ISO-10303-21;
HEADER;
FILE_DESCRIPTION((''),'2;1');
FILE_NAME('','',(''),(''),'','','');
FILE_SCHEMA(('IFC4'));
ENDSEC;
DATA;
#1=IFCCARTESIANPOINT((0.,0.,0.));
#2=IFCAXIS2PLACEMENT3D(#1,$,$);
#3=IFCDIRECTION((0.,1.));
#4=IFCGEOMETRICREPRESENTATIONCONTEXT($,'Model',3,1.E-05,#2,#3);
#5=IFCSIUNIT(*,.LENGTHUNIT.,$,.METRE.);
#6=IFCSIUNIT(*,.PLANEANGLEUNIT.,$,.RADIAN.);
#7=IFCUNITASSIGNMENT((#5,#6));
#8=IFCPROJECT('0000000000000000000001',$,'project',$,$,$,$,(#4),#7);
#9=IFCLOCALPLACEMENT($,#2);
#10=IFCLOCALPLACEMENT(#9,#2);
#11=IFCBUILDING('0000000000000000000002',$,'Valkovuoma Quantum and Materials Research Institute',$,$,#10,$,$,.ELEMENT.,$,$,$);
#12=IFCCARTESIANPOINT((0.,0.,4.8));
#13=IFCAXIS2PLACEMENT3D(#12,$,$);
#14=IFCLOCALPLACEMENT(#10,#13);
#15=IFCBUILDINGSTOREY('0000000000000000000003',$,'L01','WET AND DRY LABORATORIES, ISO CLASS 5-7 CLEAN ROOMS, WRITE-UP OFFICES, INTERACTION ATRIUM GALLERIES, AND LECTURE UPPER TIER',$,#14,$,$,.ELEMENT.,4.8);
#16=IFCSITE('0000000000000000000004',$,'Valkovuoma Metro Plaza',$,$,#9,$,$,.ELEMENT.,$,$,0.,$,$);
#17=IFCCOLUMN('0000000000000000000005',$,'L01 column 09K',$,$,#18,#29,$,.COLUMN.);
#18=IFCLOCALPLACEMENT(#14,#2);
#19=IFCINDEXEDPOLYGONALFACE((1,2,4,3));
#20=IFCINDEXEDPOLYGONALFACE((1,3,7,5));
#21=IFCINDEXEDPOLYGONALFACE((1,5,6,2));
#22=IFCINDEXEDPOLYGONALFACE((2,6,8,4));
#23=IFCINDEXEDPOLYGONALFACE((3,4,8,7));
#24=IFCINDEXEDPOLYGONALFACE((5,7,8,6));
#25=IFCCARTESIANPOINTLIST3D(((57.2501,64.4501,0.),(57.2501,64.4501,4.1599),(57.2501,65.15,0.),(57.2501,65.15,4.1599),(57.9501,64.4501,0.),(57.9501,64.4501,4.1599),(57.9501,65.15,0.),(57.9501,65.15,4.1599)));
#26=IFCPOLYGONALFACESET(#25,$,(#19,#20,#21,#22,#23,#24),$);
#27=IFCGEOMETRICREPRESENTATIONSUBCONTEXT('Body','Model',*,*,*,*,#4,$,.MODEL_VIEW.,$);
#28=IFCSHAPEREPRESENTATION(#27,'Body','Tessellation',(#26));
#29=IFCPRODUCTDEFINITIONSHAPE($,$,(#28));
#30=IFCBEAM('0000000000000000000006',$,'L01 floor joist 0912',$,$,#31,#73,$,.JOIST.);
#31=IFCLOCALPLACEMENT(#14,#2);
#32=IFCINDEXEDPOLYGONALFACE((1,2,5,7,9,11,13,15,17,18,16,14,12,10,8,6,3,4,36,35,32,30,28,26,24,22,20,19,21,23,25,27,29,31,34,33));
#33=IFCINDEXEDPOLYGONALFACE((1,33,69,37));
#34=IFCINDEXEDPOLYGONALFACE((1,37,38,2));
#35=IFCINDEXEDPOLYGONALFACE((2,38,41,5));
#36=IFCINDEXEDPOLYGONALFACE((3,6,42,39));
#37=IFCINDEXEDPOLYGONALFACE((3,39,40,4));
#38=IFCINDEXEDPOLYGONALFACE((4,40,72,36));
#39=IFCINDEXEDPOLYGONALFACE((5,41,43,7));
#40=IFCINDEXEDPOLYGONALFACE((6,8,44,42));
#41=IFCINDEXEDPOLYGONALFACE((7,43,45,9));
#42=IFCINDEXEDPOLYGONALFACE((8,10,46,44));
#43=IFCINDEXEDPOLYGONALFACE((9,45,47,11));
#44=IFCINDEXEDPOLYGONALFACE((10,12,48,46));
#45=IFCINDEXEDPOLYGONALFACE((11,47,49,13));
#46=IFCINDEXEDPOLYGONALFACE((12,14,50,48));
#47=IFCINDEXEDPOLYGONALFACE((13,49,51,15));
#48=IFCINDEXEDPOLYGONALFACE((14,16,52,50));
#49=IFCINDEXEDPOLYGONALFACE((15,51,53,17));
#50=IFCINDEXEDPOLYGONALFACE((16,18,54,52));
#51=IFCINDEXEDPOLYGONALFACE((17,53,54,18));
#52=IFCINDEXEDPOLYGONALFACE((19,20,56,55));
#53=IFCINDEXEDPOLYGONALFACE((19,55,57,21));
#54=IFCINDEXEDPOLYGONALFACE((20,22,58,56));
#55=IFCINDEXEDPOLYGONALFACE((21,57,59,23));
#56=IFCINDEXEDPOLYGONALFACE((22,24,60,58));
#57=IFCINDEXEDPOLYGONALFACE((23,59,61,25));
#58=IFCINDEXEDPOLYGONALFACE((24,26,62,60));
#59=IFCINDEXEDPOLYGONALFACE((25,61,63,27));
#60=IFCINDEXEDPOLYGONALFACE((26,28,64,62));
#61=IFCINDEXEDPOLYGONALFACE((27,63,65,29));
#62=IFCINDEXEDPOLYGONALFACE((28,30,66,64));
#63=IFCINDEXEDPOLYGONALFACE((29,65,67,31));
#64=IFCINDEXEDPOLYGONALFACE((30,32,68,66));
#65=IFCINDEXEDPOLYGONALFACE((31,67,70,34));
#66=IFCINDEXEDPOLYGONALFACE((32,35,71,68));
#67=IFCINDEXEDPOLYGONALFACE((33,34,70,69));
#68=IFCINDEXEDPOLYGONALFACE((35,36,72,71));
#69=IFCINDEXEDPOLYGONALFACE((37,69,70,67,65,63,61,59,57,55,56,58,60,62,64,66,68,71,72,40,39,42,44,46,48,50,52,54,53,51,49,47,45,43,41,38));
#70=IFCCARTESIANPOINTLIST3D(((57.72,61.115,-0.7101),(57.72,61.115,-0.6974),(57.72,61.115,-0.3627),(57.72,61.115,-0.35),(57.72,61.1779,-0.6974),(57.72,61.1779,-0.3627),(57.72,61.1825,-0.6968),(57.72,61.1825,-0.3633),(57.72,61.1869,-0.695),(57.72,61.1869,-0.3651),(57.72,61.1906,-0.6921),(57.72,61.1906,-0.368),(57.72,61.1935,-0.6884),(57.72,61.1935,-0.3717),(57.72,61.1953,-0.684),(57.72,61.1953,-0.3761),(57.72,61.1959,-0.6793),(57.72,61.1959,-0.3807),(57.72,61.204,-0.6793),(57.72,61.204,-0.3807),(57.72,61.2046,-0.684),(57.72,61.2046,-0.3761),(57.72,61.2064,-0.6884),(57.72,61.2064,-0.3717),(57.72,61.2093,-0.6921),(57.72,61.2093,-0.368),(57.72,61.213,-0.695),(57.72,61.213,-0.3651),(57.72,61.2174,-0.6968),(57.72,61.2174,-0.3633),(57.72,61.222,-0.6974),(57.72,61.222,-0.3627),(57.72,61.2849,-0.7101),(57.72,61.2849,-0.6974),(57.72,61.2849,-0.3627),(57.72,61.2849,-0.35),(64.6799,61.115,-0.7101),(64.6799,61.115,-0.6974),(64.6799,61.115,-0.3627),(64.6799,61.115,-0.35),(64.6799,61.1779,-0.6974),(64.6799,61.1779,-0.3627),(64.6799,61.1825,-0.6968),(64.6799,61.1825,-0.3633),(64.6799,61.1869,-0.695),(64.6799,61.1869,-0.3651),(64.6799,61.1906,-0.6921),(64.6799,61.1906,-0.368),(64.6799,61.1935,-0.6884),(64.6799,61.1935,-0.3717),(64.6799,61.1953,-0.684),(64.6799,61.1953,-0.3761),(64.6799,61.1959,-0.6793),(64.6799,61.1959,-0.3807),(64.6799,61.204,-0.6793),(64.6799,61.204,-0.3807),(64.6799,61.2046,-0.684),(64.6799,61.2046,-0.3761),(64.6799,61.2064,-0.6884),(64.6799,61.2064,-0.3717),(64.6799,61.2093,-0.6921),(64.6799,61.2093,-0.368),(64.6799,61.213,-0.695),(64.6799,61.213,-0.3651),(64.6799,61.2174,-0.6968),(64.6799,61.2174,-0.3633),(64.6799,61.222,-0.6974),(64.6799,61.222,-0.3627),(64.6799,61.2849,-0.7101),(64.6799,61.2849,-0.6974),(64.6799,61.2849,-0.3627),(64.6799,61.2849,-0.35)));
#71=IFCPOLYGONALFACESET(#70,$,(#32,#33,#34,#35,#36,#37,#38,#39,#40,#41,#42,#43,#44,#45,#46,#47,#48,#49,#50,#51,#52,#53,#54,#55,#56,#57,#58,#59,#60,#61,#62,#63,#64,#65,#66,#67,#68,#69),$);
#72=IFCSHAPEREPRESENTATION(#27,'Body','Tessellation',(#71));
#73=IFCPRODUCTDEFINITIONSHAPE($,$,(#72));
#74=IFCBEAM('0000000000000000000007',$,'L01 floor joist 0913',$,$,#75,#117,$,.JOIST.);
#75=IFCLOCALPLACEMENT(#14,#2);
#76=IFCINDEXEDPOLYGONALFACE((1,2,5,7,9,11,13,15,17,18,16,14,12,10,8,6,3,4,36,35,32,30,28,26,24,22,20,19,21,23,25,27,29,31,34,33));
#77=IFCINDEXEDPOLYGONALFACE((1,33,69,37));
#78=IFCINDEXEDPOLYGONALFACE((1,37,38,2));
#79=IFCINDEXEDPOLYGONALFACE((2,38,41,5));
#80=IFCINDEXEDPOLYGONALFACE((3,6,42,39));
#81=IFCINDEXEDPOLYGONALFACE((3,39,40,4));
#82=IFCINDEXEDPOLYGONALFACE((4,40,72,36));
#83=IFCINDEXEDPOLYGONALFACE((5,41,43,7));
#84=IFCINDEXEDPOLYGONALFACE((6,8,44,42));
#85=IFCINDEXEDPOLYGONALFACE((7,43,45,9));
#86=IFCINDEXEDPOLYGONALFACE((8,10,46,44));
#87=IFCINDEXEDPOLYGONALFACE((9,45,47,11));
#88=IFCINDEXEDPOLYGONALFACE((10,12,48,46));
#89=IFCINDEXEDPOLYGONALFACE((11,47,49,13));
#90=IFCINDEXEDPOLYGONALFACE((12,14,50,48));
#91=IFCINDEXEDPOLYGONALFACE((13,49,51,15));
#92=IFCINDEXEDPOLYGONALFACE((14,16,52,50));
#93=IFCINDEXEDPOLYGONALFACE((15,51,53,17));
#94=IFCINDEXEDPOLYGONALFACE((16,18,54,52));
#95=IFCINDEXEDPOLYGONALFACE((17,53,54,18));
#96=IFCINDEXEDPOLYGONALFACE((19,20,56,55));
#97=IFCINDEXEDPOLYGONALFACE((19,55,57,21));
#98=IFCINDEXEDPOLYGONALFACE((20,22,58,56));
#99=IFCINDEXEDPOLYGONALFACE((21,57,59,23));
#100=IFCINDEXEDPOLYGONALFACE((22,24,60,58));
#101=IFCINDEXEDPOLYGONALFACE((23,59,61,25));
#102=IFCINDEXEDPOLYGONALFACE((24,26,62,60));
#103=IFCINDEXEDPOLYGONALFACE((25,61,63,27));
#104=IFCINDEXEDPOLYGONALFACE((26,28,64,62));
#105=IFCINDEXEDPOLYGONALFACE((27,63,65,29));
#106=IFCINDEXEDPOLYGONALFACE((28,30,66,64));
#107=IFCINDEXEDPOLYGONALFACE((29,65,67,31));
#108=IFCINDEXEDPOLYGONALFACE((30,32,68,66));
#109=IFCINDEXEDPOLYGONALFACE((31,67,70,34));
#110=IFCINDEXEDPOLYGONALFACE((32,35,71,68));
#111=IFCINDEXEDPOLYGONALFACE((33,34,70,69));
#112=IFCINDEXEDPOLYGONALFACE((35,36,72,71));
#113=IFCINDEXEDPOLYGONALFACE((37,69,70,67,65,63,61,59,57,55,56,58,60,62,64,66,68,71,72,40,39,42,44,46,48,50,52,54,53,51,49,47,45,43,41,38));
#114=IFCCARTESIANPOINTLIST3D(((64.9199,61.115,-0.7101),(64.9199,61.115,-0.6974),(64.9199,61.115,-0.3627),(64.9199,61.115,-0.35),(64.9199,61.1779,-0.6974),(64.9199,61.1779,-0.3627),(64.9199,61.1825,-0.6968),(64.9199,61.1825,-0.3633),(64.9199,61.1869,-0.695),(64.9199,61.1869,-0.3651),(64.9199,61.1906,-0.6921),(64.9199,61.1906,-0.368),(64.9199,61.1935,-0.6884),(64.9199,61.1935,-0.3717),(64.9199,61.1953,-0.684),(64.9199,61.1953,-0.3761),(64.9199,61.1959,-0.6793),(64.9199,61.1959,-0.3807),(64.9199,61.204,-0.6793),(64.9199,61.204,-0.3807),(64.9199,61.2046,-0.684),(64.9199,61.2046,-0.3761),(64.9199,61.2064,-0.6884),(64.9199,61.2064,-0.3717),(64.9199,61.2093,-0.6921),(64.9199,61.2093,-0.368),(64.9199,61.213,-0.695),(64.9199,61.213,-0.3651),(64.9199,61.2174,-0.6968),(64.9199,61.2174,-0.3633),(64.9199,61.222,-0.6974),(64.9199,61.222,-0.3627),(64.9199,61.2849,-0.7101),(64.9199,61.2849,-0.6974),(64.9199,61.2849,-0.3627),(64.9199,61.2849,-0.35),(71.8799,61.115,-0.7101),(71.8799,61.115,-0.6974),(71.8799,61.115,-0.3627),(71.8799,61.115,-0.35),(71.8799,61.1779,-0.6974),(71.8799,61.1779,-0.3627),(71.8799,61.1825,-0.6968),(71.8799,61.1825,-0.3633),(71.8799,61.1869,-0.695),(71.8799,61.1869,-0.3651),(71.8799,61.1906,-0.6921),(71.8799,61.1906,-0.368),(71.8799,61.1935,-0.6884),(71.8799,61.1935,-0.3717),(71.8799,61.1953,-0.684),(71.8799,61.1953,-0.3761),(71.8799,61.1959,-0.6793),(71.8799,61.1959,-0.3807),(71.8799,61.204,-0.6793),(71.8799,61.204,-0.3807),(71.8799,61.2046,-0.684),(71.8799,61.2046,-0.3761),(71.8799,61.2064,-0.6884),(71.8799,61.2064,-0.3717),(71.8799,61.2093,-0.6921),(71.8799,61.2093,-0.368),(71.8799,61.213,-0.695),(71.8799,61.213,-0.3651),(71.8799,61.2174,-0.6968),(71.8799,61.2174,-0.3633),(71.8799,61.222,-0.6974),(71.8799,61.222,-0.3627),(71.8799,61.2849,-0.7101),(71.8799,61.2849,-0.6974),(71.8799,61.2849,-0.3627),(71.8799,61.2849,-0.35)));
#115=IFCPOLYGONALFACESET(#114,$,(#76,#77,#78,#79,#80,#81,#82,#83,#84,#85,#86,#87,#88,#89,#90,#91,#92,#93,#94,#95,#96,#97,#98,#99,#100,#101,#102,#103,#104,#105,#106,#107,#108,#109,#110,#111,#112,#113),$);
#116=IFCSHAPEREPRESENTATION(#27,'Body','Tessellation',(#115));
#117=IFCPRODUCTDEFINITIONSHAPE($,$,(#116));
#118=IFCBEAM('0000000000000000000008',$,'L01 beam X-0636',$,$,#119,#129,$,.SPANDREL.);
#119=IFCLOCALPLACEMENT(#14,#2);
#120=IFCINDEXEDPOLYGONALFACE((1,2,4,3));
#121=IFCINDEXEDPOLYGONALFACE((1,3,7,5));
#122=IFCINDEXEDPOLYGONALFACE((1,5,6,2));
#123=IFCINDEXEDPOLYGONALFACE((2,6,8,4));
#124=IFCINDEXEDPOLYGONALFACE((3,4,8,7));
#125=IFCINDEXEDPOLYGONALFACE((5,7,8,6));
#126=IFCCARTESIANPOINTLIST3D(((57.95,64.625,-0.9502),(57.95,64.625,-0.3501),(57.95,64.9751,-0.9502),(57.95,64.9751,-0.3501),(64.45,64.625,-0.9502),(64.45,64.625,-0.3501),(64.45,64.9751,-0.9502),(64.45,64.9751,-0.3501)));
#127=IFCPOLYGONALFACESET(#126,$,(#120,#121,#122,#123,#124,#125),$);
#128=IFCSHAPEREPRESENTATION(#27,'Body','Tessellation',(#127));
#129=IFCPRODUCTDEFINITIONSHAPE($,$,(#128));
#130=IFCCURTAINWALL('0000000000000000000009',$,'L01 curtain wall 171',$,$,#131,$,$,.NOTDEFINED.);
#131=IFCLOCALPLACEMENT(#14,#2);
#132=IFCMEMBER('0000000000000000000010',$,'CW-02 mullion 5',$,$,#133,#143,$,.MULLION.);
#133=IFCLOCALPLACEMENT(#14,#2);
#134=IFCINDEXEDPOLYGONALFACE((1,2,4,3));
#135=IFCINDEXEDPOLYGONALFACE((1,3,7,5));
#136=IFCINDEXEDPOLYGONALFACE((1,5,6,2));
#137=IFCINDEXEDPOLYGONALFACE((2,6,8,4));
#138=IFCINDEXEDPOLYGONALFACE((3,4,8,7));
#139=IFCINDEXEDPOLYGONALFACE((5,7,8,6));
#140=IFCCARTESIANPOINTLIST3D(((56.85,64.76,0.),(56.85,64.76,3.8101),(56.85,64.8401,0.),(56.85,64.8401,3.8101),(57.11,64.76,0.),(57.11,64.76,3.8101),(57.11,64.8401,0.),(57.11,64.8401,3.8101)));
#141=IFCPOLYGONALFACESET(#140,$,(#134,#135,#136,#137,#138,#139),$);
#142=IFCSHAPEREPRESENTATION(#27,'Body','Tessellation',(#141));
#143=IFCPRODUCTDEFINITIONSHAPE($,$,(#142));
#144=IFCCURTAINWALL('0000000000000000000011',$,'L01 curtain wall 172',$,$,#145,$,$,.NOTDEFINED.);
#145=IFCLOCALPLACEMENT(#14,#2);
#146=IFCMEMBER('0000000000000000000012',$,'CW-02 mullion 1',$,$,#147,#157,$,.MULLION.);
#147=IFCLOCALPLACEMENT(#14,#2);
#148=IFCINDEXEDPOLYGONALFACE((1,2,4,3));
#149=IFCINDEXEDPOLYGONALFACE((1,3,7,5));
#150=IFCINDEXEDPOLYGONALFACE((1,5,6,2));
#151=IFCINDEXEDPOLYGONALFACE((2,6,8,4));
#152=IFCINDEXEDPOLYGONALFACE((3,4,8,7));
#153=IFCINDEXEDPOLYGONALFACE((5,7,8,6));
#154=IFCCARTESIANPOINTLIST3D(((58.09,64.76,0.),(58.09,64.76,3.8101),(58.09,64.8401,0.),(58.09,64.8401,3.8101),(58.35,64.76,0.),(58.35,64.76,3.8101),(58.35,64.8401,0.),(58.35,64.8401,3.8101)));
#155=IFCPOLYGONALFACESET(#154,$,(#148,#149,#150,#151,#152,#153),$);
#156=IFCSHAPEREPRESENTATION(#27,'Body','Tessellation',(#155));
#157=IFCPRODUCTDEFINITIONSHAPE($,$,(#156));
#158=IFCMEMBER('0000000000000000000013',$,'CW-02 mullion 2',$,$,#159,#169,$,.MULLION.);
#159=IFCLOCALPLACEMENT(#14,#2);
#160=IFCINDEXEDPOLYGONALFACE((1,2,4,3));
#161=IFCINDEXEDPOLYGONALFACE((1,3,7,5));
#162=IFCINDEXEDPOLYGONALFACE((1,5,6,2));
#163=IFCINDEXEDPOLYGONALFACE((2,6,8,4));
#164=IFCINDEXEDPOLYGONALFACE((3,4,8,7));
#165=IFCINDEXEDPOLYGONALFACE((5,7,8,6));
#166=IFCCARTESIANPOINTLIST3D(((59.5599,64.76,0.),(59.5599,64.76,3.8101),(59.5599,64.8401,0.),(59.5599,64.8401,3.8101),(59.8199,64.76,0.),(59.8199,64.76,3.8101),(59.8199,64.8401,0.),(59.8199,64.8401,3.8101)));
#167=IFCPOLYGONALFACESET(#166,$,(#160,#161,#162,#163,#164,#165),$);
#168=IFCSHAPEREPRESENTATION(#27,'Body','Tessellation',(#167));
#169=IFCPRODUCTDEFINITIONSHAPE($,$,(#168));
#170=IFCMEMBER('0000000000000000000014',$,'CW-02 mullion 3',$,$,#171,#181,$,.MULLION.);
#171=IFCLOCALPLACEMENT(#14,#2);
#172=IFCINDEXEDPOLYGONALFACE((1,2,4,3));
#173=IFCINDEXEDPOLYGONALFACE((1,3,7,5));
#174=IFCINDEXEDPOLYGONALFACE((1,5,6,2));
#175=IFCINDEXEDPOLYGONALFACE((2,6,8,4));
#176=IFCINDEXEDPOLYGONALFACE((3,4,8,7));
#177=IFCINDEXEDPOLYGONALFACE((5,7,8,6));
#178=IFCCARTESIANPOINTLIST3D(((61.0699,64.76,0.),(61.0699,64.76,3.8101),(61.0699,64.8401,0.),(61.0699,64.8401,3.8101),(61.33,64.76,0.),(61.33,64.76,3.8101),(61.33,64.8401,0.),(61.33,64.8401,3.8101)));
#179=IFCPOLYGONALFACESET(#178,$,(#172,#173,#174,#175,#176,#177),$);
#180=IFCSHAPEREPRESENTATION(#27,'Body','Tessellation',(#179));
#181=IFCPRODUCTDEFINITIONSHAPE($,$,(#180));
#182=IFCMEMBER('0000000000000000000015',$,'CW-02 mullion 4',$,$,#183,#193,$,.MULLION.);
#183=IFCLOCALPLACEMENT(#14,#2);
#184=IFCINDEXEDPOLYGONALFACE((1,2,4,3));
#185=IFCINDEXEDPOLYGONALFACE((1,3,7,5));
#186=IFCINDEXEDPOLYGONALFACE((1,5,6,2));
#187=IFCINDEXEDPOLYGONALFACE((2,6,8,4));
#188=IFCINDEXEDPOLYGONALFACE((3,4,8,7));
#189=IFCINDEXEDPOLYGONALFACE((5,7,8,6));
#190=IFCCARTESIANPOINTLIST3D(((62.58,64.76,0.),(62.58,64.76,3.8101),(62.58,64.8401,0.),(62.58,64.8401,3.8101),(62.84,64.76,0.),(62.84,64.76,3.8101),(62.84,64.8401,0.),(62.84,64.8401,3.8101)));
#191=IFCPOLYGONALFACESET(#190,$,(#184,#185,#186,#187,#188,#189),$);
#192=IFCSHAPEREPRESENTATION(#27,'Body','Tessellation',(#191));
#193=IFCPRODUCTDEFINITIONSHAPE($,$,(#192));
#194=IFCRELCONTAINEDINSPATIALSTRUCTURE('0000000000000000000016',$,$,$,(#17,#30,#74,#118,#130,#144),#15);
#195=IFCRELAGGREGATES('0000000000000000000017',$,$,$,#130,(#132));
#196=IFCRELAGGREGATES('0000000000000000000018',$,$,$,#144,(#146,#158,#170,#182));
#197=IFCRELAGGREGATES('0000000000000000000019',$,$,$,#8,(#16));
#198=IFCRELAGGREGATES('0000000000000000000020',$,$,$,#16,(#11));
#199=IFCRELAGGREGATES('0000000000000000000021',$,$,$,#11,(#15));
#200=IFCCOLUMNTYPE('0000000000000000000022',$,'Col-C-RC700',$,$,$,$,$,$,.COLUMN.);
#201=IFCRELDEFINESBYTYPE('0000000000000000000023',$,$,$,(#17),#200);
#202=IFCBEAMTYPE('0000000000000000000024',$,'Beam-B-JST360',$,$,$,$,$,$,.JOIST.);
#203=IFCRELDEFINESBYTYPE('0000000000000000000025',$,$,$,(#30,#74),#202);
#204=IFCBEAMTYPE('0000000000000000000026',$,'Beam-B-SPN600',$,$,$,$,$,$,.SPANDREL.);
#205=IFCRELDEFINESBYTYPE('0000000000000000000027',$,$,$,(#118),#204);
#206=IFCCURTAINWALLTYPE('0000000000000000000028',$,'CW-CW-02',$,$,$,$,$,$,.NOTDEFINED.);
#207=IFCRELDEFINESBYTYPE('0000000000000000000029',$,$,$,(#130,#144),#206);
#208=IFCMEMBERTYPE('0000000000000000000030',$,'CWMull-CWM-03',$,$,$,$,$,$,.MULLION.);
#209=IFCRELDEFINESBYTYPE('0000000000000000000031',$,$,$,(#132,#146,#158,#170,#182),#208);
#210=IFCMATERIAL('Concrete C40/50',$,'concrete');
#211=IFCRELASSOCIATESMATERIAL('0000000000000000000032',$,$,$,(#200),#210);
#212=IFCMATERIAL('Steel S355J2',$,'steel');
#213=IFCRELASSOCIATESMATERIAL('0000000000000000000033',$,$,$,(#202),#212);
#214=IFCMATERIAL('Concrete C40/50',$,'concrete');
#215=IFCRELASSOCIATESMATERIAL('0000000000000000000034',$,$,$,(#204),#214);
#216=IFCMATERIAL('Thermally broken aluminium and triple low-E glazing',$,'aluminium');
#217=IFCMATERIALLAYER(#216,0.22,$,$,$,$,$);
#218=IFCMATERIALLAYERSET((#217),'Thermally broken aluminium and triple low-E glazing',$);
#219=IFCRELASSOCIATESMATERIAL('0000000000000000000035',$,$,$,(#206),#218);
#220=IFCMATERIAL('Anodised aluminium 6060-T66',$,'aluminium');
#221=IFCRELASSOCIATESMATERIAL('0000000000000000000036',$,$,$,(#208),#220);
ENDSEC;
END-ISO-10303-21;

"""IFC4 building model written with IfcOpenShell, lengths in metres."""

from ifc_helpers import new_model, si_unit, direction, frame, origin, origin_2d, place, context, subcontext, project, spatial, rectangle, i_section, extrude, material, layer, layer_set, material_profile, profile_set, type_object, element, aggregate, save


model = new_model("IFC4")

# Units and contexts
model_context = context("Model", 3, precision=1e-05, world=origin(), true_north=direction((0.0, 1.0)))
body_context = subcontext(model_context, "Body", "Model", "MODEL_VIEW")
ifc_project = project(units=[si_unit("LENGTHUNIT", "METRE"), si_unit("PLANEANGLEUNIT", "RADIAN")], contexts=[model_context])

# Site, building, storey
site_placement = place(None, origin())
site = spatial("IfcSite", under=ifc_project, at=site_placement, Name="Valkovuoma Metro Plaza", CompositionType="ELEMENT", RefElevation=0.0)
building_placement = place(site_placement, origin())
building = spatial("IfcBuilding", under=site, at=building_placement, Name="Valkovuoma Quantum and Materials Research Institute", CompositionType="ELEMENT")
storey_placement = place(building_placement, frame((0.0, 0.0, 4.8)))
storey = spatial("IfcBuildingStorey", under=building, at=storey_placement, Name="L01", Description="WET AND DRY LABORATORIES, ISO CLASS 5-7 CLEAN ROOMS, WRITE-UP OFFICES, INTERACTION ATRIUM GALLERIES, AND LECTURE UPPER TIER", CompositionType="ELEMENT", Elevation=4.8)

# Column
ifc_material_1 = material(Name="Concrete C40/50", Category="concrete")
ifc_material_profile_1 = material_profile(ifc_material_1, rectangle(XDim=0.7, YDim=0.7, at=origin_2d()), Name="Concrete C40/50")
ifc_profile_set_1 = profile_set([ifc_material_profile_1], Name="Concrete C40/50")
column_type = type_object("IfcColumnType", Name="Col-C-RC700", PredefinedType="COLUMN", material=ifc_profile_set_1)
column_placement = place(storey_placement, frame((57.6001, 64.8, 0.0), z_axis=(0.0, 0.0, 1.0), x_axis=(1.0, 0.0, 0.0)))
element("IfcColumn", 1, at=column_placement, inside=storey, type_object=column_type, Name="L01 column 09K", PredefinedType="COLUMN", context=body_context, shape_type="SweptSolid", body=[
    extrude(rectangle(XDim=0.7, YDim=0.7, at=origin_2d()), origin(), (0.0, 0.0, 1.0), 4.1599),
])

# Beams
ifc_material_2 = material(Name="Steel S355J2", Category="steel")
ifc_material_profile_2 = material_profile(ifc_material_2, i_section(OverallWidth=0.1699, OverallDepth=0.3601, WebThickness=0.0081, FlangeThickness=0.0127, FilletRadius=0.0181, at=origin_2d()), Name="Steel S355J2")
ifc_profile_set_2 = profile_set([ifc_material_profile_2], Name="Steel S355J2")
beam_type_1 = type_object("IfcBeamType", Name="Beam-B-JST360", PredefinedType="JOIST", material=ifc_profile_set_2)
for number, where, z_axis, x_axis, name in (
    (2, (57.72, 61.2, -0.53), (1.0, 0.0, 0.0), (0.0, 1.0, 0.0), "L01 floor joist 0912"),
    (3, (64.9199, 61.2, -0.53), (1.0, 0.0, 0.0), (0.0, 1.0, 0.0), "L01 floor joist 0913"),
):
    element("IfcBeam", number, at=place(storey_placement, frame(where, z_axis=z_axis, x_axis=x_axis)), inside=storey, type_object=beam_type_1, Name=name, PredefinedType="JOIST", context=body_context, shape_type="SweptSolid", body=[
        extrude(i_section(OverallWidth=0.1699, OverallDepth=0.3601, WebThickness=0.0081, FlangeThickness=0.0127, FilletRadius=0.0181, at=origin_2d()), origin(), (0.0, 0.0, 1.0), 6.96),
    ])
ifc_material_3 = material(Name="Concrete C40/50", Category="concrete")
ifc_material_profile_3 = material_profile(ifc_material_3, rectangle(XDim=0.3501, YDim=0.6001, at=origin_2d()), Name="Concrete C40/50")
ifc_profile_set_3 = profile_set([ifc_material_profile_3], Name="Concrete C40/50")
beam_type_2 = type_object("IfcBeamType", Name="Beam-B-SPN600", PredefinedType="SPANDREL", material=ifc_profile_set_3)
beam_placement = place(storey_placement, frame((57.95, 64.8, -0.6501), z_axis=(1.0, 0.0, 0.0), x_axis=(0.0, 1.0, 0.0)))
element("IfcBeam", 4, at=beam_placement, inside=storey, type_object=beam_type_2, Name="L01 beam X-0636", PredefinedType="SPANDREL", context=body_context, shape_type="SweptSolid", body=[
    extrude(rectangle(XDim=0.3501, YDim=0.6001, at=origin_2d()), origin(), (0.0, 0.0, 1.0), 6.5),
])

# Curtain wall, member
ifc_material_4 = material(Name="Thermally broken aluminium and triple low-E glazing", Category="aluminium")
ifc_layer_1 = layer(ifc_material_4, 0.22)
ifc_layer_set_1 = layer_set([ifc_layer_1], Name="Thermally broken aluminium and triple low-E glazing")
curtain_wall_type = type_object("IfcCurtainWallType", Name="CW-CW-02", PredefinedType="NOTDEFINED", material=ifc_layer_set_1)
curtain_wall_1_placement = place(storey_placement, origin())
curtain_wall_1 = element("IfcCurtainWall", 5, at=curtain_wall_1_placement, inside=storey, type_object=curtain_wall_type, Name="L01 curtain wall 171", PredefinedType="NOTDEFINED")
ifc_material_5 = material(Name="Anodised aluminium 6060-T66", Category="aluminium")
ifc_material_profile_4 = material_profile(ifc_material_5, rectangle(XDim=0.0801, YDim=0.26, at=origin_2d()), Name="Anodised aluminium 6060-T66")
ifc_profile_set_4 = profile_set([ifc_material_profile_4], Name="Anodised aluminium 6060-T66")
member_type_1 = type_object("IfcMemberType", Name="CWMull-CWM-03", PredefinedType="MULLION", material=ifc_profile_set_4)
member_1_placement = place(storey_placement, frame((56.98, 64.8, 0.0), z_axis=(0.0, 0.0, 1.0), x_axis=(0.0, 1.0, 0.0)))
member_1 = element("IfcMember", 6, at=member_1_placement, type_object=member_type_1, Name="CW-02 mullion 5", PredefinedType="MULLION", context=body_context, shape_type="SweptSolid", body=[
    extrude(rectangle(XDim=0.0801, YDim=0.26, at=origin_2d()), origin(), (0.0, 0.0, 1.0), 3.8101),
])

# Curtain wall, members
curtain_wall_2_placement = place(storey_placement, origin())
curtain_wall_2 = element("IfcCurtainWall", 7, at=curtain_wall_2_placement, inside=storey, type_object=curtain_wall_type, Name="L01 curtain wall 172", PredefinedType="NOTDEFINED")
member_2_placement = place(storey_placement, frame((58.22, 64.8, 0.0), z_axis=(0.0, 0.0, 1.0), x_axis=(0.0, 1.0, 0.0)))
member_2 = element("IfcMember", 8, at=member_2_placement, type_object=member_type_1, Name="CW-02 mullion 1", PredefinedType="MULLION", context=body_context, shape_type="SweptSolid", body=[
    extrude(rectangle(XDim=0.0801, YDim=0.26, at=origin_2d()), origin(), (0.0, 0.0, 1.0), 3.8101),
])
member_3_placement = place(storey_placement, frame((59.6899, 64.8, 0.0), z_axis=(0.0, 0.0, 1.0), x_axis=(0.0, 1.0, 0.0)))
member_3 = element("IfcMember", 9, at=member_3_placement, type_object=member_type_1, Name="CW-02 mullion 2", PredefinedType="MULLION", context=body_context, shape_type="SweptSolid", body=[
    extrude(rectangle(XDim=0.0801, YDim=0.26, at=origin_2d()), origin(), (0.0, 0.0, 1.0), 3.8101),
])
member_4_placement = place(storey_placement, frame((61.2, 64.8, 0.0), z_axis=(0.0, 0.0, 1.0), x_axis=(0.0, 1.0, 0.0)))
member_4 = element("IfcMember", 10, at=member_4_placement, type_object=member_type_1, Name="CW-02 mullion 3", PredefinedType="MULLION", context=body_context, shape_type="SweptSolid", body=[
    extrude(rectangle(XDim=0.0801, YDim=0.26, at=origin_2d()), origin(), (0.0, 0.0, 1.0), 3.8101),
])
member_5_placement = place(storey_placement, frame((62.71, 64.8, 0.0), z_axis=(0.0, 0.0, 1.0), x_axis=(0.0, 1.0, 0.0)))
member_5 = element("IfcMember", 11, at=member_5_placement, type_object=member_type_1, Name="CW-02 mullion 4", PredefinedType="MULLION", context=body_context, shape_type="SweptSolid", body=[
    extrude(rectangle(XDim=0.0801, YDim=0.26, at=origin_2d()), origin(), (0.0, 0.0, 1.0), 3.8101),
])

aggregate(curtain_wall_1, [member_1])
aggregate(curtain_wall_2, [member_2, member_3, member_4, member_5])

save(model, "model.ifc")
